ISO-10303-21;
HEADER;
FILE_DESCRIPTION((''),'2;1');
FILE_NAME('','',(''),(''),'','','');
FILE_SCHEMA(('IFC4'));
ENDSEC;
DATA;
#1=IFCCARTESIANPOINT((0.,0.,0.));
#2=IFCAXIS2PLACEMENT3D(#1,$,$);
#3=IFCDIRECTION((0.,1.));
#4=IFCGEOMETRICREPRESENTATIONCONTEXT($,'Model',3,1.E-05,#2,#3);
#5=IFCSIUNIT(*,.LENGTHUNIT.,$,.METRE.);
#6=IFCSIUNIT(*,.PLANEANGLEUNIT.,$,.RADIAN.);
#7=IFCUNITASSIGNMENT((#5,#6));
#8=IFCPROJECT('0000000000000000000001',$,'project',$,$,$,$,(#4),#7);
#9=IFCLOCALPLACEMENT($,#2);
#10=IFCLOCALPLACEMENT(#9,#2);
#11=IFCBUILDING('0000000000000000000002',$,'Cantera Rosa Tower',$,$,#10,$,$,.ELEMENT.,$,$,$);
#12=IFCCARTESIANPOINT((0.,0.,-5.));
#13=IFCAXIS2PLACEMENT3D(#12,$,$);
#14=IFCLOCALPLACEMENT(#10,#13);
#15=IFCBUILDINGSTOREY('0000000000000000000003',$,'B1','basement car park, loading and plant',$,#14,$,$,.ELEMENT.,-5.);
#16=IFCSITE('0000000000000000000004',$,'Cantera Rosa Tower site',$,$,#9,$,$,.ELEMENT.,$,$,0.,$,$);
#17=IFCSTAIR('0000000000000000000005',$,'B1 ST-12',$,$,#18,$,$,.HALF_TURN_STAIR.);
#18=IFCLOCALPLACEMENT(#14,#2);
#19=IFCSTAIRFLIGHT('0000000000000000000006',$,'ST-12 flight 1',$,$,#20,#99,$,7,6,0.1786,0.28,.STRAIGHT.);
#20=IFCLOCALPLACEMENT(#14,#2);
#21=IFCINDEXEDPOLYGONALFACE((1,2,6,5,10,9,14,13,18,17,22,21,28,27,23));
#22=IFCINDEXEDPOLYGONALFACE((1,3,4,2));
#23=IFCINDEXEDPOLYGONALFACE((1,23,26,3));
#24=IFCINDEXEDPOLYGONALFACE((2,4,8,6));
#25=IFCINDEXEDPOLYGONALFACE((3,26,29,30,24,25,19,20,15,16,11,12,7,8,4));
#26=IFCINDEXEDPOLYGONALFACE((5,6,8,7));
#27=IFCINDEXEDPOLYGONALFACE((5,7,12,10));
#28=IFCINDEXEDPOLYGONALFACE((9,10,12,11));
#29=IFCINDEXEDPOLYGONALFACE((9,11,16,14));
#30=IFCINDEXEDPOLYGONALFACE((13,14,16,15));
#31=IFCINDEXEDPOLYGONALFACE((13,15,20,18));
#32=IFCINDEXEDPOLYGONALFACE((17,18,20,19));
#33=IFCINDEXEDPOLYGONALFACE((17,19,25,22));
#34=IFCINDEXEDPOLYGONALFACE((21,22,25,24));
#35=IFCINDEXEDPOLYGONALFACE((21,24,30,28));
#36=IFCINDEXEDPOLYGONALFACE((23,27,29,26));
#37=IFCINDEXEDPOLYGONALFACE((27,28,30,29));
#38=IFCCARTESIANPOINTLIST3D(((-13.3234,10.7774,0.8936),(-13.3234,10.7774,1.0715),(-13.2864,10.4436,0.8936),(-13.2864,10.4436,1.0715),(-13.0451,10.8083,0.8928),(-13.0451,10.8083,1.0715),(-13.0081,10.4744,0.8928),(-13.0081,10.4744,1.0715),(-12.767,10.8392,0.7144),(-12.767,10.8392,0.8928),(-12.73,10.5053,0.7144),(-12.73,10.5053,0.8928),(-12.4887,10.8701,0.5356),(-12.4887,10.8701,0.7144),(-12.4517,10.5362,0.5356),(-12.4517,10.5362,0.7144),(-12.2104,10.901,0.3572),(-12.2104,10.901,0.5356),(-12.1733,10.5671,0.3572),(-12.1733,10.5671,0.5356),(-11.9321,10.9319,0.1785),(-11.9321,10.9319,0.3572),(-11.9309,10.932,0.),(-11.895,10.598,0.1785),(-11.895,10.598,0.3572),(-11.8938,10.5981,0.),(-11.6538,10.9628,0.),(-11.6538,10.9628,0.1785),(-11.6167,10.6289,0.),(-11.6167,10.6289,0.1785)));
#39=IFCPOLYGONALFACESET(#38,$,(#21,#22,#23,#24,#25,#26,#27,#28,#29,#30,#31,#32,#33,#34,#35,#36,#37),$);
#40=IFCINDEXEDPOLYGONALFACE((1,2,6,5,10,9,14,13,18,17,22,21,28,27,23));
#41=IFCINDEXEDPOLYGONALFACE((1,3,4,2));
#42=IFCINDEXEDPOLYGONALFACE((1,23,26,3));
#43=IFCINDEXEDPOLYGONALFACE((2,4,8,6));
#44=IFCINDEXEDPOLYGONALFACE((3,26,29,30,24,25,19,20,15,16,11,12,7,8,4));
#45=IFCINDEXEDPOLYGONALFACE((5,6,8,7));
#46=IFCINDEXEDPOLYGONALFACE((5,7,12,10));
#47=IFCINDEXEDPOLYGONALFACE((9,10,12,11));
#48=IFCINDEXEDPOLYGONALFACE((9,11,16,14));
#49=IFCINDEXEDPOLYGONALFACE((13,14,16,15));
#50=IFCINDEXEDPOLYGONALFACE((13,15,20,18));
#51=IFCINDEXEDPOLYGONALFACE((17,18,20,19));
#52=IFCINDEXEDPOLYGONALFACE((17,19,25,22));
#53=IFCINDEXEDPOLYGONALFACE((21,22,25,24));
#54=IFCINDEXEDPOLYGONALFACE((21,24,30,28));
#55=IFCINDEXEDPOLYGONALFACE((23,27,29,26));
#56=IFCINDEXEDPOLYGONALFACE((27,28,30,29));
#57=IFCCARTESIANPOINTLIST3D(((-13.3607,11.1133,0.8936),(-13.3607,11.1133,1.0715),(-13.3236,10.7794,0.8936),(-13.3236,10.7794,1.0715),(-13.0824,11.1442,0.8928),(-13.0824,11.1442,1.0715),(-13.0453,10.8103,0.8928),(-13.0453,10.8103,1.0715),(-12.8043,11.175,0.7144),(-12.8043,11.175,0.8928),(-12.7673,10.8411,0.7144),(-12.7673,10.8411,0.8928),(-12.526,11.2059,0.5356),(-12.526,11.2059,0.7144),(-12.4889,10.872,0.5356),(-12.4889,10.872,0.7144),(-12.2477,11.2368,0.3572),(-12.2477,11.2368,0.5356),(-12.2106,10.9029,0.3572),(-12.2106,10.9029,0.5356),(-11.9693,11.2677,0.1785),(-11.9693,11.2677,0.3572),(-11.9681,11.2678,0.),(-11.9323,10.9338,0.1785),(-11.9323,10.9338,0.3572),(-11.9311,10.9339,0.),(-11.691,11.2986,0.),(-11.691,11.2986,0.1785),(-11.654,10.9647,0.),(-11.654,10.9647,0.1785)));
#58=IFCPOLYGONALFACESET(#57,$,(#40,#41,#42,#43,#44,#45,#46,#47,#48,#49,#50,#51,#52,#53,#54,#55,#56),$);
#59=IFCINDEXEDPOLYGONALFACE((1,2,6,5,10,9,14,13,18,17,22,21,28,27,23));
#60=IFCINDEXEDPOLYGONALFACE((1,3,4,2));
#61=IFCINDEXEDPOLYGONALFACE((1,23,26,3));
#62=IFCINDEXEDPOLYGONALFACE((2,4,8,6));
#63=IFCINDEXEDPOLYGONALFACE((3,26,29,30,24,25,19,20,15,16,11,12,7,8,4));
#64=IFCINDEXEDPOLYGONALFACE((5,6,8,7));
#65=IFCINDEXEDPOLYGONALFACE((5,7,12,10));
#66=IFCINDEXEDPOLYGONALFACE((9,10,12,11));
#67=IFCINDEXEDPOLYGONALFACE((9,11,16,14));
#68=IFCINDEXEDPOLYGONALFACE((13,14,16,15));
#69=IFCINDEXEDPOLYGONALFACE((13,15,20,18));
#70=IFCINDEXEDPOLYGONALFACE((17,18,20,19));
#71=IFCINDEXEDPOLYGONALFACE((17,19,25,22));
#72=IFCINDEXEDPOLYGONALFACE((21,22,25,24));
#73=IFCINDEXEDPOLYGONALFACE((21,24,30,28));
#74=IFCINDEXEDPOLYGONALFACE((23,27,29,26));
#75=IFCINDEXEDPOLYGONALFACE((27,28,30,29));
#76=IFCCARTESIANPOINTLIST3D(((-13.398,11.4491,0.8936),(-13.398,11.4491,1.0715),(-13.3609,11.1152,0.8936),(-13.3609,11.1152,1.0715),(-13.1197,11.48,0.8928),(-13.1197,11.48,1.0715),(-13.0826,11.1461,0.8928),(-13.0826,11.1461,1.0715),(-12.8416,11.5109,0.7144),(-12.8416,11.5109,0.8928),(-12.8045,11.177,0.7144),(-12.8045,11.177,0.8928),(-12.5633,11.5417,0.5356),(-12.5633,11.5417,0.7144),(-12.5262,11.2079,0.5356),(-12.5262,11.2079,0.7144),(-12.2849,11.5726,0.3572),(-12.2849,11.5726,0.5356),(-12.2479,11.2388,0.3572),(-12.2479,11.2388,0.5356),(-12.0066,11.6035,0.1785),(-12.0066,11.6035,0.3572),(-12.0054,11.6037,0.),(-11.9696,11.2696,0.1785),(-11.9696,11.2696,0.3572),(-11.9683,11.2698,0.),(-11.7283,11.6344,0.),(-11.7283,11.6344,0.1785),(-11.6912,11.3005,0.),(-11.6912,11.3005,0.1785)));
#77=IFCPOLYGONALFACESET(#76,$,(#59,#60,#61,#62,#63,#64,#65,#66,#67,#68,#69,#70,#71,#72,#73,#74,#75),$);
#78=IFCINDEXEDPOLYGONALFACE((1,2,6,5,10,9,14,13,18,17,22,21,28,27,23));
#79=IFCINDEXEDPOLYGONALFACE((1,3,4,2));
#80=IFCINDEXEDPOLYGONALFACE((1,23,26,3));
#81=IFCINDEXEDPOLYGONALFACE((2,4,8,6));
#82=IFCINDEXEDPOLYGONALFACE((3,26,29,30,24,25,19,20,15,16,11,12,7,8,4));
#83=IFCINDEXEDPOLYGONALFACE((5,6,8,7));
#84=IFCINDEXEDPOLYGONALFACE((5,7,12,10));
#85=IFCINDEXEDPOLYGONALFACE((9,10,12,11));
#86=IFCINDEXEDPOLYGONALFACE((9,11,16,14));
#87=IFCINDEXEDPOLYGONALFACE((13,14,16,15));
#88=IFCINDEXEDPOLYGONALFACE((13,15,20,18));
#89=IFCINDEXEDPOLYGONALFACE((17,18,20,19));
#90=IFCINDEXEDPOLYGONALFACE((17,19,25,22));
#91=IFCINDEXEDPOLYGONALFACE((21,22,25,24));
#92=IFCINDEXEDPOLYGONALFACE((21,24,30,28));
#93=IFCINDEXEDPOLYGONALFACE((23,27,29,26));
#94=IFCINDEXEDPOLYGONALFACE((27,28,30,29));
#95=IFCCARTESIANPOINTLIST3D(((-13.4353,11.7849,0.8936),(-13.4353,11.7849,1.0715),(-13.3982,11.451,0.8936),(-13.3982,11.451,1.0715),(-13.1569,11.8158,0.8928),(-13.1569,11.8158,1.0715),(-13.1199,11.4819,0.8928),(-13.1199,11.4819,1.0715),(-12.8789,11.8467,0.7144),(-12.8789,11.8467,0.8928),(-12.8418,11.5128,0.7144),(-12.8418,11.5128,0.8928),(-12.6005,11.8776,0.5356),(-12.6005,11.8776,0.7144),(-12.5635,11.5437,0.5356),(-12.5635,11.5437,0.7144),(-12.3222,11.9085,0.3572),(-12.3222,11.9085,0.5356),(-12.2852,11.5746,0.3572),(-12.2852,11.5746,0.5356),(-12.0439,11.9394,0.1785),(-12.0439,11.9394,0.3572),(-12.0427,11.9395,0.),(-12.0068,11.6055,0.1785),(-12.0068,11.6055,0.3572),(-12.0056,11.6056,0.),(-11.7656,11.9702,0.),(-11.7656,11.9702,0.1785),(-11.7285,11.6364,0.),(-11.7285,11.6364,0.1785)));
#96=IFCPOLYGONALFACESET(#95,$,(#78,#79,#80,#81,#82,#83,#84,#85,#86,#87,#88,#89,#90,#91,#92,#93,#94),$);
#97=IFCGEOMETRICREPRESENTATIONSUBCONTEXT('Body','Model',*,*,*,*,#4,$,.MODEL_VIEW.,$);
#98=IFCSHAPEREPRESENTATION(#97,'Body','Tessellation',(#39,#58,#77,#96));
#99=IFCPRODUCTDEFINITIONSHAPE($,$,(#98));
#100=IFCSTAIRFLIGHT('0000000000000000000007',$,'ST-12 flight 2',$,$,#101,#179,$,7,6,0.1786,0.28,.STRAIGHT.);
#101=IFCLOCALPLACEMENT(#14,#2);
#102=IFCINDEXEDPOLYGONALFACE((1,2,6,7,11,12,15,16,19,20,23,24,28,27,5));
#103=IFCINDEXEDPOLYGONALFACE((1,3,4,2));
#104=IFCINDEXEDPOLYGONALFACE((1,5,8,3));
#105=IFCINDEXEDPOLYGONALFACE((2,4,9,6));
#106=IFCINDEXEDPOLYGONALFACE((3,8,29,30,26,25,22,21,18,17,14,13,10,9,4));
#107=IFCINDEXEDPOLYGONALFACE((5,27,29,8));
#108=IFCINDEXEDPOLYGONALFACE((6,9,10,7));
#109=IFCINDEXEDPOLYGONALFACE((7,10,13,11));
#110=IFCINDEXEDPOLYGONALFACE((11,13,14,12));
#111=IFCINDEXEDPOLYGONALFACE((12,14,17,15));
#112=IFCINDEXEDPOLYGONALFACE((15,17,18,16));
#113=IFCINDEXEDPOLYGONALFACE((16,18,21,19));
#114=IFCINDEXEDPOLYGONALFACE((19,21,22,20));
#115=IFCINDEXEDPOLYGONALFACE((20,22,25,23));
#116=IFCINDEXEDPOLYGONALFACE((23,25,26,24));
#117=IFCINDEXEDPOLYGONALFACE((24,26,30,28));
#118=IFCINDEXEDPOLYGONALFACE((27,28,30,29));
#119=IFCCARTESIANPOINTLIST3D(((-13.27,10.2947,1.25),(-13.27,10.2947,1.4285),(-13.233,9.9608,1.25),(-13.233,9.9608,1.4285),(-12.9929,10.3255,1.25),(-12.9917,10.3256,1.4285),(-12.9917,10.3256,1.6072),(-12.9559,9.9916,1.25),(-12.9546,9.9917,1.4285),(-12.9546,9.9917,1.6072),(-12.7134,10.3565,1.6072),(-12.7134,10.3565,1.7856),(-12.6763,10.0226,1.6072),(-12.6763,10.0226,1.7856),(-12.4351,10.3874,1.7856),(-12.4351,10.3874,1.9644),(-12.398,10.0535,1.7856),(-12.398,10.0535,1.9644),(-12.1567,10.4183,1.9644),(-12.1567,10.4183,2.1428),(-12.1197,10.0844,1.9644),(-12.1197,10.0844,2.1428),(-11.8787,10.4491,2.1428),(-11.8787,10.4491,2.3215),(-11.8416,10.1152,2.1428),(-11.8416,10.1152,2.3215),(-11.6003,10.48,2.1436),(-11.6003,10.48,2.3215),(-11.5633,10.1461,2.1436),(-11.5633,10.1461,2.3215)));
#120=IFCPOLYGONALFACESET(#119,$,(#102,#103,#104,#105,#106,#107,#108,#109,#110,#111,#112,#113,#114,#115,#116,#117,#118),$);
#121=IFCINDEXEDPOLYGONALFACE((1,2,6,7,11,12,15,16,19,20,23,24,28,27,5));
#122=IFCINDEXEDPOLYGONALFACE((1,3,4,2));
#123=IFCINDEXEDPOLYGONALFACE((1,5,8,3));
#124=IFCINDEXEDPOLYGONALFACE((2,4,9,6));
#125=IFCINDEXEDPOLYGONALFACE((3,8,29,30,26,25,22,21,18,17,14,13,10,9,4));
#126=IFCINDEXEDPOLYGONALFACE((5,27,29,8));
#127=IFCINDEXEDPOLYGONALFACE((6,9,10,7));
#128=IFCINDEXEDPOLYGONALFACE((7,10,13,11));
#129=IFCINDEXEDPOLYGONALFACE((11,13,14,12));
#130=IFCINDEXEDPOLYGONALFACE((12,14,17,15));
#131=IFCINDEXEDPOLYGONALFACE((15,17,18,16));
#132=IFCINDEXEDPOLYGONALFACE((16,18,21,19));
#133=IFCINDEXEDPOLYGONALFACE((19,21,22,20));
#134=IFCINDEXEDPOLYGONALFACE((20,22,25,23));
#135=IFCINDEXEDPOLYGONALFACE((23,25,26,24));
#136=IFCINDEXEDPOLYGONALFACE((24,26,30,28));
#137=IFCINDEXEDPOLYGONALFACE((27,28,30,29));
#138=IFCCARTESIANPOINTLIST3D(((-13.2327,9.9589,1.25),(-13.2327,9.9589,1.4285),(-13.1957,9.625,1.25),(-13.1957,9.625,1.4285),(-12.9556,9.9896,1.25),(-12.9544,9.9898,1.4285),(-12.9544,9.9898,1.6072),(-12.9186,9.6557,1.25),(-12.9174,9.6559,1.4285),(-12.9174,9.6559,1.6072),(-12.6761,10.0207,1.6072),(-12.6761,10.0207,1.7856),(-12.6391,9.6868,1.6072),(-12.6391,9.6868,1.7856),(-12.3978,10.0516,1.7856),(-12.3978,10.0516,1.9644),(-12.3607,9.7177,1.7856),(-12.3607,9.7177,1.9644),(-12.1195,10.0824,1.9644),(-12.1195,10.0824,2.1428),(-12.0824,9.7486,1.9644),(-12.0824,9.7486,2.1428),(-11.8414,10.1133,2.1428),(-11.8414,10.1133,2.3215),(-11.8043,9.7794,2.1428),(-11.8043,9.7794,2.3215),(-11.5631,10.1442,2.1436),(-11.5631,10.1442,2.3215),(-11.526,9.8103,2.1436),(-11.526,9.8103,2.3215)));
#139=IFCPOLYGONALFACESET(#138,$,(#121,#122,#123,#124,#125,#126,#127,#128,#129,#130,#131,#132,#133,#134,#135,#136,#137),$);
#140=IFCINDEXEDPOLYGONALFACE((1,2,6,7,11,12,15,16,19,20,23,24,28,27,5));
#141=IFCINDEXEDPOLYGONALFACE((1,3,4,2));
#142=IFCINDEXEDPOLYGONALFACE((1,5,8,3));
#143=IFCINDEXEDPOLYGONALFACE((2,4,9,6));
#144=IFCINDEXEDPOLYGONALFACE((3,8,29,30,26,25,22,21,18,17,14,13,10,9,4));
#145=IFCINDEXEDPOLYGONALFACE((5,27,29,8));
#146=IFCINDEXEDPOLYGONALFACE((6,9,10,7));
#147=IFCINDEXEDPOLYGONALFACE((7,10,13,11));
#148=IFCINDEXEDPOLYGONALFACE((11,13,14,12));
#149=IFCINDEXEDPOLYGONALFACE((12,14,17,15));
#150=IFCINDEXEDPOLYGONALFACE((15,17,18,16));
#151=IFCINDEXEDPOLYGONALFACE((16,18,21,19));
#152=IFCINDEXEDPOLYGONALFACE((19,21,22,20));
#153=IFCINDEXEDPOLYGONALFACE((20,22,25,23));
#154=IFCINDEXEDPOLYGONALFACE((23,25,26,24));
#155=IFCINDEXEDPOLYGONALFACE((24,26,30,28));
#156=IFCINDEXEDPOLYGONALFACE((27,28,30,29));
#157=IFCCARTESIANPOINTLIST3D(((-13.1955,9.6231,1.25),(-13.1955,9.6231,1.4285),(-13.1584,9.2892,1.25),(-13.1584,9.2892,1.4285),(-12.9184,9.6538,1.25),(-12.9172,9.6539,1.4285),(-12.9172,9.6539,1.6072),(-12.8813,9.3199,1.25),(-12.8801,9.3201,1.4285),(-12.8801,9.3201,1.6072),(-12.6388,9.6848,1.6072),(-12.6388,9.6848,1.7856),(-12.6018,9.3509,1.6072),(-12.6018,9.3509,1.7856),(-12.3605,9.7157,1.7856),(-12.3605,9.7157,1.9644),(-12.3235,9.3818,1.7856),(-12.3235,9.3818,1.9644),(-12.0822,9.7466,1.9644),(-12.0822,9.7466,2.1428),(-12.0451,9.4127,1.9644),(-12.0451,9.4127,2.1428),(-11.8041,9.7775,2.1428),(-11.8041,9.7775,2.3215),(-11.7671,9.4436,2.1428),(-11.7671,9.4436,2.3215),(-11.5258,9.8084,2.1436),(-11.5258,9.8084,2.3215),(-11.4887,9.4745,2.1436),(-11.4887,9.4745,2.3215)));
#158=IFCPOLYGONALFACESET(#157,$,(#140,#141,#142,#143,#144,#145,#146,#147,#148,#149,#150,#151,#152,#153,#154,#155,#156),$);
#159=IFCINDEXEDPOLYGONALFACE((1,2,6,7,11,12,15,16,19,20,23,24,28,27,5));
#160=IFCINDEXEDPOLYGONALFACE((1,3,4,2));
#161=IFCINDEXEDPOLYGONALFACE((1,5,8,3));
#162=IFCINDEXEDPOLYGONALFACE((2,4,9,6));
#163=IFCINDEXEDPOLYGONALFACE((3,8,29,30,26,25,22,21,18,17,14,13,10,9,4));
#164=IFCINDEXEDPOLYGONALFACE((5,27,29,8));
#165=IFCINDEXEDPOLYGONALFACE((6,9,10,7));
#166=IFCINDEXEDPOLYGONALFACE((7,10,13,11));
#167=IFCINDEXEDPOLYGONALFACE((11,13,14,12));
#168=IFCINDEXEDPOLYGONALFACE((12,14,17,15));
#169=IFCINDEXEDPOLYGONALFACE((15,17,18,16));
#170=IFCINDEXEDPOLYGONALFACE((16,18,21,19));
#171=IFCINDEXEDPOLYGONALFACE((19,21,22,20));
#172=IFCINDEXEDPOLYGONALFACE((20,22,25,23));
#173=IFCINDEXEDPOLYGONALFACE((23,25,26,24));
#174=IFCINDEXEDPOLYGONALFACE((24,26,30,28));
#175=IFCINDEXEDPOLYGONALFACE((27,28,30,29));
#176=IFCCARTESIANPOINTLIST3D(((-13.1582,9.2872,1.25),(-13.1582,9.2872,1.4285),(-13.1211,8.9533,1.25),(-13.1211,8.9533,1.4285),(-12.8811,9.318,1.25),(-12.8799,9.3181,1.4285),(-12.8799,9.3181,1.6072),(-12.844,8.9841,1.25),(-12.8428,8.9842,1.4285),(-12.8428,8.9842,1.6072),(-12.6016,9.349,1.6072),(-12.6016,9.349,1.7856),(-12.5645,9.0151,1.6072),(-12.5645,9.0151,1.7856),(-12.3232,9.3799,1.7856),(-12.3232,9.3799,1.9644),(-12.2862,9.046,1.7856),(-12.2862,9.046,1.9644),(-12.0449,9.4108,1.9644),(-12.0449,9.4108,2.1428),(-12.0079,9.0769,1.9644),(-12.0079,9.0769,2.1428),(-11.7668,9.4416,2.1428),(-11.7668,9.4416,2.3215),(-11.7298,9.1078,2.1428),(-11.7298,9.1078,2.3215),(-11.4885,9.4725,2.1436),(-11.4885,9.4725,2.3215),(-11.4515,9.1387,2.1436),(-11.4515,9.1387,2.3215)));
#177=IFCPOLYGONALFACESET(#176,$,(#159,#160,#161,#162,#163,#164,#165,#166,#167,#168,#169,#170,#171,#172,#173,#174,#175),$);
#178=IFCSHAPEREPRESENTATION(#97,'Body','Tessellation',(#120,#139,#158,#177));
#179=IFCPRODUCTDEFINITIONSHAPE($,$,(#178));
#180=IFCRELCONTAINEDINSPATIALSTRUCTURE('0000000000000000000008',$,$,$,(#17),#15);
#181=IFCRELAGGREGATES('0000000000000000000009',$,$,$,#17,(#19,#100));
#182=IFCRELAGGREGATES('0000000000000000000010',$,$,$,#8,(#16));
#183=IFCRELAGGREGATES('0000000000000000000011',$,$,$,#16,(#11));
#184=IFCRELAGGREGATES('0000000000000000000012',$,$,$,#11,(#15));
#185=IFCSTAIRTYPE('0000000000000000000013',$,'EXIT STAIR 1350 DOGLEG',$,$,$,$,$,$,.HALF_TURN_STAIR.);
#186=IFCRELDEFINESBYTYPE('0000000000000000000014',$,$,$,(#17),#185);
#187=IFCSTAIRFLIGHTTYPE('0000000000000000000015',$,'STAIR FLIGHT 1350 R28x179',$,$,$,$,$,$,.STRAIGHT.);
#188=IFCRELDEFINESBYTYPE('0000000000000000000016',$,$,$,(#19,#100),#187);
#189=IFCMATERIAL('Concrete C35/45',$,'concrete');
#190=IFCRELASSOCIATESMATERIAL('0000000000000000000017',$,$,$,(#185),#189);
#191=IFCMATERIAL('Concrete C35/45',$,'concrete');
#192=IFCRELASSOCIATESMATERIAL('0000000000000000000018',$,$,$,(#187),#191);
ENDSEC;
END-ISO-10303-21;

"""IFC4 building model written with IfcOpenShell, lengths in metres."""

from ifc_helpers import new_model, si_unit, direction, frame, origin, place, context, subcontext, project, spatial, polyline, outline, extrude, material, type_object, element, aggregate, save


model = new_model("IFC4")

# Units and contexts
model_context = context("Model", 3, precision=1e-05, world=origin(), true_north=direction((0.0, 1.0)))
body_context = subcontext(model_context, "Body", "Model", "MODEL_VIEW")
ifc_project = project(units=[si_unit("LENGTHUNIT", "METRE"), si_unit("PLANEANGLEUNIT", "RADIAN")], contexts=[model_context])

# Site, building, storey
site_placement = place(None, origin())
site = spatial("IfcSite", under=ifc_project, at=site_placement, Name="Cantera Rosa Tower site", CompositionType="ELEMENT", RefElevation=0.0)
building_placement = place(site_placement, origin())
building = spatial("IfcBuilding", under=site, at=building_placement, Name="Cantera Rosa Tower", CompositionType="ELEMENT")
storey_placement = place(building_placement, frame((0.0, 0.0, -5.0)))
storey = spatial("IfcBuildingStorey", under=building, at=storey_placement, Name="B1", Description="basement car park, loading and plant", CompositionType="ELEMENT", Elevation=-5.0)

# Stair, stair flights
ifc_material_1 = material(Name="Concrete C35/45", Category="concrete")
stair_type = type_object("IfcStairType", Name="EXIT STAIR 1350 DOGLEG", PredefinedType="HALF_TURN_STAIR", material=ifc_material_1)
stair_placement = place(storey_placement, origin())
stair = element("IfcStair", 1, at=stair_placement, inside=storey, type_object=stair_type, Name="B1 ST-12", PredefinedType="HALF_TURN_STAIR")
ifc_material_2 = material(Name="Concrete C35/45", Category="concrete")
stair_flight_type = type_object("IfcStairFlightType", Name="STAIR FLIGHT 1350 R28x179", PredefinedType="STRAIGHT", material=ifc_material_2)
stair_flight_1_placement = place(storey_placement, frame((-11.6912, 11.2998, 0.0), z_axis=(0.0, 0.0, 1.0), x_axis=(-0.993897, -0.110313, 0.0)))
stair_flight_1 = element("IfcStairFlight", 2, at=stair_flight_1_placement, type_object=stair_flight_type, Name="ST-12 flight 1", NumberOfRisers=7, NumberOfTreads=6, PredefinedType="STRAIGHT", RiserHeight=0.1786, TreadLength=0.28, context=body_context, shape_type="SweptSolid", body=[
    extrude(outline(polyline([(0.0, 0.0), (0.0, 0.1785), (0.28, 0.1785), (0.28, 0.3572), (0.5601, 0.3572), (0.5601, 0.5356), (0.8401, 0.5356), (0.8401, 0.7144), (1.1201, 0.7144), (1.1201, 0.8928), (1.3999, 0.8928), (1.3999, 1.0715), (1.6799, 1.0715), (1.6799, 1.25), (1.6799, 0.8936), (0.2788, 0.0), (0.0, 0.0)])), frame((0.0, 0.675, 0.0), z_axis=(0.0, -1.0, 0.0), x_axis=(1.0, 0.0, 0.0)), (0.0, 0.0, 1.0), 0.3359),
    extrude(outline(polyline([(0.0, 0.0), (0.0, 0.1785), (0.28, 0.1785), (0.28, 0.3572), (0.5601, 0.3572), (0.5601, 0.5356), (0.8401, 0.5356), (0.8401, 0.7144), (1.1201, 0.7144), (1.1201, 0.8928), (1.3999, 0.8928), (1.3999, 1.0715), (1.6799, 1.0715), (1.6799, 1.25), (1.6799, 0.8936), (0.2788, 0.0), (0.0, 0.0)])), frame((0.0, 0.3372, 0.0), z_axis=(0.0, -1.0, 0.0), x_axis=(1.0, 0.0, 0.0)), (0.0, 0.0, 1.0), 0.3359),
    extrude(outline(polyline([(0.0, 0.0), (0.0, 0.1785), (0.28, 0.1785), (0.28, 0.3572), (0.5601, 0.3572), (0.5601, 0.5356), (0.8401, 0.5356), (0.8401, 0.7144), (1.1201, 0.7144), (1.1201, 0.8928), (1.3999, 0.8928), (1.3999, 1.0715), (1.6799, 1.0715), (1.6799, 1.25), (1.6799, 0.8936), (0.2788, 0.0), (0.0, 0.0)])), frame((0.0, -0.0007, 0.0), z_axis=(0.0, -1.0, 0.0), x_axis=(1.0, 0.0, 0.0)), (0.0, 0.0, 1.0), 0.3359),
    extrude(outline(polyline([(0.0, 0.0), (0.0, 0.1785), (0.28, 0.1785), (0.28, 0.3572), (0.5601, 0.3572), (0.5601, 0.5356), (0.8401, 0.5356), (0.8401, 0.7144), (1.1201, 0.7144), (1.1201, 0.8928), (1.3999, 0.8928), (1.3999, 1.0715), (1.6799, 1.0715), (1.6799, 1.25), (1.6799, 0.8936), (0.2788, 0.0), (0.0, 0.0)])), frame((0.0, -0.3386, 0.0), z_axis=(0.0, -1.0, 0.0), x_axis=(1.0, 0.0, 0.0)), (0.0, 0.0, 1.0), 0.3359),
])
stair_flight_2_placement = place(storey_placement, frame((-13.1956, 9.6238, 1.25), z_axis=(0.0, 0.0, 1.0), x_axis=(0.993897, 0.110313, 0.0)))
stair_flight_2 = element("IfcStairFlight", 3, at=stair_flight_2_placement, type_object=stair_flight_type, Name="ST-12 flight 2", NumberOfRisers=7, NumberOfTreads=6, PredefinedType="STRAIGHT", RiserHeight=0.1786, TreadLength=0.28, context=body_context, shape_type="SweptSolid", body=[
    extrude(outline(polyline([(0.0, 0.0), (0.0, 0.1785), (0.28, 0.1785), (0.28, 0.3572), (0.5601, 0.3572), (0.5601, 0.5356), (0.8401, 0.5356), (0.8401, 0.7144), (1.1201, 0.7144), (1.1201, 0.8928), (1.3999, 0.8928), (1.3999, 1.0715), (1.6799, 1.0715), (1.6799, 1.25), (1.6799, 0.8936), (0.2788, 0.0), (0.0, 0.0)])), frame((0.0, 0.675, 0.0), z_axis=(0.0, -1.0, 0.0), x_axis=(1.0, 0.0, 0.0)), (0.0, 0.0, 1.0), 0.3359),
    extrude(outline(polyline([(0.0, 0.0), (0.0, 0.1785), (0.28, 0.1785), (0.28, 0.3572), (0.5601, 0.3572), (0.5601, 0.5356), (0.8401, 0.5356), (0.8401, 0.7144), (1.1201, 0.7144), (1.1201, 0.8928), (1.3999, 0.8928), (1.3999, 1.0715), (1.6799, 1.0715), (1.6799, 1.25), (1.6799, 0.8936), (0.2788, 0.0), (0.0, 0.0)])), frame((0.0, 0.3372, 0.0), z_axis=(0.0, -1.0, 0.0), x_axis=(1.0, 0.0, 0.0)), (0.0, 0.0, 1.0), 0.3359),
    extrude(outline(polyline([(0.0, 0.0), (0.0, 0.1785), (0.28, 0.1785), (0.28, 0.3572), (0.5601, 0.3572), (0.5601, 0.5356), (0.8401, 0.5356), (0.8401, 0.7144), (1.1201, 0.7144), (1.1201, 0.8928), (1.3999, 0.8928), (1.3999, 1.0715), (1.6799, 1.0715), (1.6799, 1.25), (1.6799, 0.8936), (0.2788, 0.0), (0.0, 0.0)])), frame((0.0, -0.0007, 0.0), z_axis=(0.0, -1.0, 0.0), x_axis=(1.0, 0.0, 0.0)), (0.0, 0.0, 1.0), 0.3359),
    extrude(outline(polyline([(0.0, 0.0), (0.0, 0.1785), (0.28, 0.1785), (0.28, 0.3572), (0.5601, 0.3572), (0.5601, 0.5356), (0.8401, 0.5356), (0.8401, 0.7144), (1.1201, 0.7144), (1.1201, 0.8928), (1.3999, 0.8928), (1.3999, 1.0715), (1.6799, 1.0715), (1.6799, 1.25), (1.6799, 0.8936), (0.2788, 0.0), (0.0, 0.0)])), frame((0.0, -0.3386, 0.0), z_axis=(0.0, -1.0, 0.0), x_axis=(1.0, 0.0, 0.0)), (0.0, 0.0, 1.0), 0.3359),
])
aggregate(stair, [stair_flight_1, stair_flight_2])

save(model, "model.ifc")
